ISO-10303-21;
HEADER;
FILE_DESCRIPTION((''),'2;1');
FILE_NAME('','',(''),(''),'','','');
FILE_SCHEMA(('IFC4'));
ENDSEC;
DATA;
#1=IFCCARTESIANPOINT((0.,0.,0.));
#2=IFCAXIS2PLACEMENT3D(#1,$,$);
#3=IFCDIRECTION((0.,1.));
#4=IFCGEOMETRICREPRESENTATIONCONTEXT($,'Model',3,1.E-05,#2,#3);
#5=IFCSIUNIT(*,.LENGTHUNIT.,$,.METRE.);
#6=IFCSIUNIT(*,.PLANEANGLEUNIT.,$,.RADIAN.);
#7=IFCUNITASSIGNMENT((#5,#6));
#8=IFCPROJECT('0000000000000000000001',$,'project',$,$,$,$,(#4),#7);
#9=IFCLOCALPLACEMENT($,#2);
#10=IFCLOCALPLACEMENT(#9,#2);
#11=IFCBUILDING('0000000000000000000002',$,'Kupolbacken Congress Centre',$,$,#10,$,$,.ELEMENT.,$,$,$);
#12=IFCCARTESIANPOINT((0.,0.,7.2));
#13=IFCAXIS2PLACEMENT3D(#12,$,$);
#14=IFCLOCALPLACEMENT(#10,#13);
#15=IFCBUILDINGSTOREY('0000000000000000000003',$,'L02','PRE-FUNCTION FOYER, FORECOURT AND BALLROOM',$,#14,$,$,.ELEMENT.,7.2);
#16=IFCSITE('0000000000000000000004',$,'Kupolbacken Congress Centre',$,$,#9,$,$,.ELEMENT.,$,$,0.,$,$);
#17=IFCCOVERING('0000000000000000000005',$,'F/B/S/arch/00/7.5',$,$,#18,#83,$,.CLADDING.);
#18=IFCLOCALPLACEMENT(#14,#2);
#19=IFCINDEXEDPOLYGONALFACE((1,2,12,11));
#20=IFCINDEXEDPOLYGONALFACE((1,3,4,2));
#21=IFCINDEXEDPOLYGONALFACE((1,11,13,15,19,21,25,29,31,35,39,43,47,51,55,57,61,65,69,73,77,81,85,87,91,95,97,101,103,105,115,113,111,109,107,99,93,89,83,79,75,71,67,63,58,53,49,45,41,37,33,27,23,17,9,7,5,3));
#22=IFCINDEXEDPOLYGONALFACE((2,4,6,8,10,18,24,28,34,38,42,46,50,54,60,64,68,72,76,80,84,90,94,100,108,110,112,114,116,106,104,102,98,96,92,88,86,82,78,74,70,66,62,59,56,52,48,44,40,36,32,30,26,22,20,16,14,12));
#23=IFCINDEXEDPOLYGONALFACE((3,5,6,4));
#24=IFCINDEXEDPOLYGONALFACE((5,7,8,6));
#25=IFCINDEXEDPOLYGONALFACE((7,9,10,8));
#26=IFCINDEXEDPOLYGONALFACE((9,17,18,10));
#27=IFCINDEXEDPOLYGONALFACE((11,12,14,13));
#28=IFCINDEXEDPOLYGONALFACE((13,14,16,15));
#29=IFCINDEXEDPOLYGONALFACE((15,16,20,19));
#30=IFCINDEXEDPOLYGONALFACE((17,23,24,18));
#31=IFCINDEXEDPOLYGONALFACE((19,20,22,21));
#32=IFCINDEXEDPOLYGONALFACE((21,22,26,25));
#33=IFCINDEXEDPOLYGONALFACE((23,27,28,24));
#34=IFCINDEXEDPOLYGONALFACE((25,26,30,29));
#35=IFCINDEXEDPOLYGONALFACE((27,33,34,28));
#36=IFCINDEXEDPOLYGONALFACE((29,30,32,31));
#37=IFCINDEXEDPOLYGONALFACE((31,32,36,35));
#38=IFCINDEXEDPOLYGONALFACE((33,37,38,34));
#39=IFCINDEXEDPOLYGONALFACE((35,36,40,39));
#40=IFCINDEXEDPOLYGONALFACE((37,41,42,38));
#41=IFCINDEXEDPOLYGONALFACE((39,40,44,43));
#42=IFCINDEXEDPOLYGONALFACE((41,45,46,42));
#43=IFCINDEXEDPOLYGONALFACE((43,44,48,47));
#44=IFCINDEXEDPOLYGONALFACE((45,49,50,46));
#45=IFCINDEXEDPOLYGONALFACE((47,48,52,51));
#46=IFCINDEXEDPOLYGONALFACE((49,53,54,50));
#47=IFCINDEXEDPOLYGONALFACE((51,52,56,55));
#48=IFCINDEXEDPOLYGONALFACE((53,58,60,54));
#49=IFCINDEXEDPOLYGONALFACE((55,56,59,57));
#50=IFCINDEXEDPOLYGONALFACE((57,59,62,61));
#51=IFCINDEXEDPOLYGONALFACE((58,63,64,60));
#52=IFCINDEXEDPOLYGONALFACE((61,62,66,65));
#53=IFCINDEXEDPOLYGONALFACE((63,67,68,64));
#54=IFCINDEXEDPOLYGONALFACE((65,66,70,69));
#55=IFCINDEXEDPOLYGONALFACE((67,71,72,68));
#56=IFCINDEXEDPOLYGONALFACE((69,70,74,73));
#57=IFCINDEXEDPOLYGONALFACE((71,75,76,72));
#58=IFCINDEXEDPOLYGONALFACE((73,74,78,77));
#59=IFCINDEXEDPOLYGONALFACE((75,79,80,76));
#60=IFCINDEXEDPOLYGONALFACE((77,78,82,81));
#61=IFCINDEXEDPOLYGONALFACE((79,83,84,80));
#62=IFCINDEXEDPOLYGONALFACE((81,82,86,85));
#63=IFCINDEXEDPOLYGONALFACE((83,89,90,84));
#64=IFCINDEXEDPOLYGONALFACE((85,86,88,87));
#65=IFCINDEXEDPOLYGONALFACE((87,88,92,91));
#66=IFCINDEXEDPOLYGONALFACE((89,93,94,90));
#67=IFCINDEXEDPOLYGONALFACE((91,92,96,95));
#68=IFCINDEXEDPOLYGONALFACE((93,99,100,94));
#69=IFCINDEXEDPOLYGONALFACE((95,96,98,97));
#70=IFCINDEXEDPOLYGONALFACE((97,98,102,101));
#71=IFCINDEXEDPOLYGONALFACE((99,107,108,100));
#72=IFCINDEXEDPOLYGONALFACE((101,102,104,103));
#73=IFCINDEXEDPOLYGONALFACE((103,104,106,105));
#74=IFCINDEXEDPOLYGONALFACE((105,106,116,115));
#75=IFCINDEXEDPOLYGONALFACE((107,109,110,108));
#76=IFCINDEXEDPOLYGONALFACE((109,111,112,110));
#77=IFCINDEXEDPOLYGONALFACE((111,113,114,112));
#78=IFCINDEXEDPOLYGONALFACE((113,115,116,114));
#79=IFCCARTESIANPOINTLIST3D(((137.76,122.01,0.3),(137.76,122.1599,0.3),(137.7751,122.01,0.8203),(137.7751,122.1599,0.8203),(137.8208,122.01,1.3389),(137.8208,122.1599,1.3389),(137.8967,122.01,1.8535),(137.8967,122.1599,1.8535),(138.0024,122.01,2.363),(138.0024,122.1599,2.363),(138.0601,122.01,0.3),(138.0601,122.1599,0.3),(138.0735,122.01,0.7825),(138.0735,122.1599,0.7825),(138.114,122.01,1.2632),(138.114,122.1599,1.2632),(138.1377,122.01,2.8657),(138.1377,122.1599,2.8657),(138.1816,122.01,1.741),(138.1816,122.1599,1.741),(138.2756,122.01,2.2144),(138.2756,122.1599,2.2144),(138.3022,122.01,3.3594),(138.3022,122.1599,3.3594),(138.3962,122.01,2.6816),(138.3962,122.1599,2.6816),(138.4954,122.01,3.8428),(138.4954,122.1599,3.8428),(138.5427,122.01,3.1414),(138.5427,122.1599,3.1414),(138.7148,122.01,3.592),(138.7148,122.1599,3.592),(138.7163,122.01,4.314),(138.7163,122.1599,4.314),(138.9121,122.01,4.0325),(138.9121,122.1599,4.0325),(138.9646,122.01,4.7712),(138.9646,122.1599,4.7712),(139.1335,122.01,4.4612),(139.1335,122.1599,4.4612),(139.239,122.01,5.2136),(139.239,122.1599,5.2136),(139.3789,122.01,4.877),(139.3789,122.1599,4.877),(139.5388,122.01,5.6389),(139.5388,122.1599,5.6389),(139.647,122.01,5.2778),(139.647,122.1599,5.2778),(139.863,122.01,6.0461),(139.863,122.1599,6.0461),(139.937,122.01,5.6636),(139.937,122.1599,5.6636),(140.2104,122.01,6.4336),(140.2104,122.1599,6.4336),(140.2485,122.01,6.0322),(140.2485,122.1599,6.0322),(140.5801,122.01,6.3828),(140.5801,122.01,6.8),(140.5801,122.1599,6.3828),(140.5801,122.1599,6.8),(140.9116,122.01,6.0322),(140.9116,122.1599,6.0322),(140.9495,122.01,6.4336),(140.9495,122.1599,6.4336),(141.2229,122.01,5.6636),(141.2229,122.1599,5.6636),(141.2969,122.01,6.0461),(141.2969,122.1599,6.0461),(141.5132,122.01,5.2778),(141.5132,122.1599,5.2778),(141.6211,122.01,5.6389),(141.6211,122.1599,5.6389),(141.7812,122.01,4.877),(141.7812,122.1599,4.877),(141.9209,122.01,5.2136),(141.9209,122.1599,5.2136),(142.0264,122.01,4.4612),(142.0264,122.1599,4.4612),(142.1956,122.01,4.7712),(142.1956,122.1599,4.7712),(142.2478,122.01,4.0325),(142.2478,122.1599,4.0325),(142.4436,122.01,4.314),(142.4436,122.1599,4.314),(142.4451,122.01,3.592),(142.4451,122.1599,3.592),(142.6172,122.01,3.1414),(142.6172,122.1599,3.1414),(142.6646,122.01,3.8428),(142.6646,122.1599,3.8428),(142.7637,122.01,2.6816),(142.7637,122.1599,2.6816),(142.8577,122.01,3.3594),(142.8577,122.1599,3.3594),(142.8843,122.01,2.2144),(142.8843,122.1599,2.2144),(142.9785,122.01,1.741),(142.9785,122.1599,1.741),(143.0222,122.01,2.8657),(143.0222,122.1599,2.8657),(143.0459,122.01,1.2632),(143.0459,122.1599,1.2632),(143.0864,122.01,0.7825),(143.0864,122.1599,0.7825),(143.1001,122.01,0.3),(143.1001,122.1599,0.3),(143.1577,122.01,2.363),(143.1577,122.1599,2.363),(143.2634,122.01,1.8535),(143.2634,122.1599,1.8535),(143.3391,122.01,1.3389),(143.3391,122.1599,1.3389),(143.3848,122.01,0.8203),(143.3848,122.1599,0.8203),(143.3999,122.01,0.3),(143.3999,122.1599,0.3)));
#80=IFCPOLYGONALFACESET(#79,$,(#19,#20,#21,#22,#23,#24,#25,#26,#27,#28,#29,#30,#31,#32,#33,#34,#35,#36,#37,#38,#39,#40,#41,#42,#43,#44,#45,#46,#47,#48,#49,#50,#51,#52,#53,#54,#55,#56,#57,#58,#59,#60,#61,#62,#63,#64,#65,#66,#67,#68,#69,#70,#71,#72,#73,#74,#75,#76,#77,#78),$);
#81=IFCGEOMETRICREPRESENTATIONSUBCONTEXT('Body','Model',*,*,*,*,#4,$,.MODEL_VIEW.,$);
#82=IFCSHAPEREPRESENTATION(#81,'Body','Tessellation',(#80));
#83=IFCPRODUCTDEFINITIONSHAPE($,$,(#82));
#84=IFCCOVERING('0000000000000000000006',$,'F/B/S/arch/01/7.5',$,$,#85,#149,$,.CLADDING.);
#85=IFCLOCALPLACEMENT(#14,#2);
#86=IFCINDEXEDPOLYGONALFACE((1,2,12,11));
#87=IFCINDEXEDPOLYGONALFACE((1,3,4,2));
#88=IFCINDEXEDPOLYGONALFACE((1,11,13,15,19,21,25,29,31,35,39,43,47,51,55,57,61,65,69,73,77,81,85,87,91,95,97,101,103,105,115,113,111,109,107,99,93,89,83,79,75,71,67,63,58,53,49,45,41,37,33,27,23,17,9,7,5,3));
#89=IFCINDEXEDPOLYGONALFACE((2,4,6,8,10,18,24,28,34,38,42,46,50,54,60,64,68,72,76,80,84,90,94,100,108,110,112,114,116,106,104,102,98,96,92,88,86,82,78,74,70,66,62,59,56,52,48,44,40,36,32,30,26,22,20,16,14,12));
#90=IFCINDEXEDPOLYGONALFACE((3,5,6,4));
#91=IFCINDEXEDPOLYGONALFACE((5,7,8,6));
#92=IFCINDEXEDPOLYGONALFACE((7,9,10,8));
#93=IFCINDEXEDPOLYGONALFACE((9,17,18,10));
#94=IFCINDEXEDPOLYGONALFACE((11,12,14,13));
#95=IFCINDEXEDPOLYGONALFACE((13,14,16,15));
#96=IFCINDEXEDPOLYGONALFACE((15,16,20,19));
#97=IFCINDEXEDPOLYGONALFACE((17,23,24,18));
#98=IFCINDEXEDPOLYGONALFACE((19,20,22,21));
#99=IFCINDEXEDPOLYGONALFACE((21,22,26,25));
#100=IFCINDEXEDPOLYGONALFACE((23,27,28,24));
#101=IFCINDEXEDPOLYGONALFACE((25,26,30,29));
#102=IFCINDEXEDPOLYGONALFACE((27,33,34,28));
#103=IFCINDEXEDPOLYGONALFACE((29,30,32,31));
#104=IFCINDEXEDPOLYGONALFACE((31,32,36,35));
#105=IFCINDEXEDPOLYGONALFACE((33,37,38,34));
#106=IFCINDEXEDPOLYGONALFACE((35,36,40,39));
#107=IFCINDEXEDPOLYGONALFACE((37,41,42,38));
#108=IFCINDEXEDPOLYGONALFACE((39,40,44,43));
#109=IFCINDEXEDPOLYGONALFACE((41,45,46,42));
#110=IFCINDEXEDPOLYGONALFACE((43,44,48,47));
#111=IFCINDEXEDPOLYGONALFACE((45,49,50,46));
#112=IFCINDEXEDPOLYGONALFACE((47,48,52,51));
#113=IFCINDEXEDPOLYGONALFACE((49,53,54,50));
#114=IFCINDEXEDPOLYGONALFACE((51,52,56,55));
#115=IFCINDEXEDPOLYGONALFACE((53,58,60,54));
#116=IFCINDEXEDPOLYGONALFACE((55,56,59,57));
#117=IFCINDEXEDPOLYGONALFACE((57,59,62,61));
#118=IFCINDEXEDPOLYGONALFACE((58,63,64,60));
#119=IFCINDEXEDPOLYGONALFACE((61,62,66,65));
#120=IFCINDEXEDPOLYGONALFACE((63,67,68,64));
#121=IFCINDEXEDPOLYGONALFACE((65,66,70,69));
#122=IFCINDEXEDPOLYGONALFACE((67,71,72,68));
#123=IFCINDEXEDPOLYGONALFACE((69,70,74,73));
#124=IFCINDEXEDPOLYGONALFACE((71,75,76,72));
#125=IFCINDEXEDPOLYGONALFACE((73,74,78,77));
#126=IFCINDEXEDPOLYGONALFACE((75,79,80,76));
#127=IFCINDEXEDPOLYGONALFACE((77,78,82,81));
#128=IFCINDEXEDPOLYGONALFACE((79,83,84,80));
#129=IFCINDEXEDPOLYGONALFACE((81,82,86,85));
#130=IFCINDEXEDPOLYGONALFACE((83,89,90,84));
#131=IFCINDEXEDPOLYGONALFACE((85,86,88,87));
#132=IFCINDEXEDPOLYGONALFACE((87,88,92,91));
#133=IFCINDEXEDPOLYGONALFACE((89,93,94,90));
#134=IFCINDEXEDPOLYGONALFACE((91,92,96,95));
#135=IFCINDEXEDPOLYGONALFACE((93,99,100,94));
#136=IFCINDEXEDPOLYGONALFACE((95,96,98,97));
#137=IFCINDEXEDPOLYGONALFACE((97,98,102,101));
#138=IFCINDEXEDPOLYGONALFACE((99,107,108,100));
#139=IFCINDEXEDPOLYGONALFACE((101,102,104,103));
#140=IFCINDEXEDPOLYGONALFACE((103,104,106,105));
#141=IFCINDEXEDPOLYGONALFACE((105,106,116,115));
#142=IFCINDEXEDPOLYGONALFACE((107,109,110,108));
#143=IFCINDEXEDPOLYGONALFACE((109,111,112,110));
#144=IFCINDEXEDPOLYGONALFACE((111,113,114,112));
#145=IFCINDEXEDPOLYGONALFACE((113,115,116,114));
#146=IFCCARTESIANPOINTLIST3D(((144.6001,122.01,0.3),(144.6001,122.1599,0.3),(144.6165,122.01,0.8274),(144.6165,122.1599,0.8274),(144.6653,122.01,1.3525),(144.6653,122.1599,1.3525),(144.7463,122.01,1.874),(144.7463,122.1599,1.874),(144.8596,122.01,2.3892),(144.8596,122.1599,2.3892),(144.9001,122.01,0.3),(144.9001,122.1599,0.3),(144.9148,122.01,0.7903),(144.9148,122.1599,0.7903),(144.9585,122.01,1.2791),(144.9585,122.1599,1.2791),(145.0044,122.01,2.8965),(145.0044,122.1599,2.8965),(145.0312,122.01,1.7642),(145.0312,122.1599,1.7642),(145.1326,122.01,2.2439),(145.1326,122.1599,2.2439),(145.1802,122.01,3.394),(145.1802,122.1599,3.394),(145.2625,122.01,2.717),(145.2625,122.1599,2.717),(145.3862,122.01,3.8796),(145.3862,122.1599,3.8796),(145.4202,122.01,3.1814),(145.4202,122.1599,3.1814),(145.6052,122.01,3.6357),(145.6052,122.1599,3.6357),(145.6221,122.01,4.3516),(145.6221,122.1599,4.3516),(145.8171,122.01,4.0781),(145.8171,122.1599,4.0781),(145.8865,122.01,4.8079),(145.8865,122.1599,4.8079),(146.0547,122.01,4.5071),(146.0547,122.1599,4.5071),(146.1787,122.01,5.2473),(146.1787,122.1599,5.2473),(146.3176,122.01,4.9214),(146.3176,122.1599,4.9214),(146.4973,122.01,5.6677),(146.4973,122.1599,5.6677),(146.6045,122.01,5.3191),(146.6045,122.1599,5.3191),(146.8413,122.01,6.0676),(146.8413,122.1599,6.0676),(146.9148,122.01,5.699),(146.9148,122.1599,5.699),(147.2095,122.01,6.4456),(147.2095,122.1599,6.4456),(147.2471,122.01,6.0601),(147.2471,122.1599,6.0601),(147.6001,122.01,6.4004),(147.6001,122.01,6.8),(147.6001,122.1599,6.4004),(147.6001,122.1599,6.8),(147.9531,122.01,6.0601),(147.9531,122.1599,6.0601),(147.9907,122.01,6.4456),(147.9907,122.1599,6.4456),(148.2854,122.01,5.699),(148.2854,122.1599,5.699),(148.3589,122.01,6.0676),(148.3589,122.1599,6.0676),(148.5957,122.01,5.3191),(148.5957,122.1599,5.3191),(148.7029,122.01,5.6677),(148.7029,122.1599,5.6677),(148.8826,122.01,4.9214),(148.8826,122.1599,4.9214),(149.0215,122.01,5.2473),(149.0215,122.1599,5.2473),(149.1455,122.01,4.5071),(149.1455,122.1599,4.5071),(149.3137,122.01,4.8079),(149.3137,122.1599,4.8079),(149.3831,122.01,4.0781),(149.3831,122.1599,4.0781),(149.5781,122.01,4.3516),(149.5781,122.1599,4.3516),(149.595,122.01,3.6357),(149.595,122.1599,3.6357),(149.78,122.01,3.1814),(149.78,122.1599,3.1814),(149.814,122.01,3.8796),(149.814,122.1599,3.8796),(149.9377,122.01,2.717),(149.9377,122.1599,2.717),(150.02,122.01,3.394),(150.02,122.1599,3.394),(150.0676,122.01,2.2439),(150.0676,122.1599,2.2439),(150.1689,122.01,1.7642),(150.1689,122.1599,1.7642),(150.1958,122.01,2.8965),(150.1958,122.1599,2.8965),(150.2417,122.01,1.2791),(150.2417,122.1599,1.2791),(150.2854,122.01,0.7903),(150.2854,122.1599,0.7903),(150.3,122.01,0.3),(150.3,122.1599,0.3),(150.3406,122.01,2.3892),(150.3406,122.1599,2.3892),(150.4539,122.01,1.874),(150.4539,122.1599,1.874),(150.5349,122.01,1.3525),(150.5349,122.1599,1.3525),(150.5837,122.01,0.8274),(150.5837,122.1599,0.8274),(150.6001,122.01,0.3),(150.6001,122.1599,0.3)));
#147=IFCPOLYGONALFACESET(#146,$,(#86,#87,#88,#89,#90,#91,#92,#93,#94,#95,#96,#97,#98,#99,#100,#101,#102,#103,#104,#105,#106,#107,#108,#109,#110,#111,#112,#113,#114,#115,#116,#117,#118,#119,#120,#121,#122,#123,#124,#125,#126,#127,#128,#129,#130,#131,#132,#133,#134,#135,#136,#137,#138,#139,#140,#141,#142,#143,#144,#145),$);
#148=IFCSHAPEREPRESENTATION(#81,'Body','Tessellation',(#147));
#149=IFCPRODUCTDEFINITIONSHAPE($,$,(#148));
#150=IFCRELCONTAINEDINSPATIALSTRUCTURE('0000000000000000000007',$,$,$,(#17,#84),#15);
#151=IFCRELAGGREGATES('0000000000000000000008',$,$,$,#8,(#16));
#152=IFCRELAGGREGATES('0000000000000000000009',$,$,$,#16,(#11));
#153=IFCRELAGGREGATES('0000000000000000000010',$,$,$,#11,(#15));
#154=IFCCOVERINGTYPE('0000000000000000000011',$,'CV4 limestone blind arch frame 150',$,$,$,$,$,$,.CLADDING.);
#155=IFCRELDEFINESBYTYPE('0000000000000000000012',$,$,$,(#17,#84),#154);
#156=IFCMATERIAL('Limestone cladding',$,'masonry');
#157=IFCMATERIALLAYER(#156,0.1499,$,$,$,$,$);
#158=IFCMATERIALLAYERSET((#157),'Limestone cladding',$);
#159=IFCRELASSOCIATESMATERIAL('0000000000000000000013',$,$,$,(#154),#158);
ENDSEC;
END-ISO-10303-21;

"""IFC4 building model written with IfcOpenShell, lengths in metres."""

from ifc_helpers import new_model, si_unit, direction, frame, origin, place, context, subcontext, project, spatial, polyline, outline, extrude, material, layer, layer_set, type_object, element, save


model = new_model("IFC4")

# Units and contexts
model_context = context("Model", 3, precision=1e-05, world=origin(), true_north=direction((0.0, 1.0)))
body_context = subcontext(model_context, "Body", "Model", "MODEL_VIEW")
ifc_project = project(units=[si_unit("LENGTHUNIT", "METRE"), si_unit("PLANEANGLEUNIT", "RADIAN")], contexts=[model_context])

# Site, building, storey
site_placement = place(None, origin())
site = spatial("IfcSite", under=ifc_project, at=site_placement, Name="Kupolbacken Congress Centre", CompositionType="ELEMENT", RefElevation=0.0)
building_placement = place(site_placement, origin())
building = spatial("IfcBuilding", under=site, at=building_placement, Name="Kupolbacken Congress Centre", CompositionType="ELEMENT")
storey_placement = place(building_placement, frame((0.0, 0.0, 7.2)))
storey = spatial("IfcBuildingStorey", under=building, at=storey_placement, Name="L02", Description="PRE-FUNCTION FOYER, FORECOURT AND BALLROOM", CompositionType="ELEMENT", Elevation=7.2)

# Coverings
ifc_material_1 = material(Name="Limestone cladding", Category="masonry")
ifc_layer_1 = layer(ifc_material_1, 0.1499)
ifc_layer_set_1 = layer_set([ifc_layer_1], Name="Limestone cladding")
covering_type_1 = type_object("IfcCoveringType", Name="CV4 limestone blind arch frame 150", PredefinedType="CLADDING", material=ifc_layer_set_1)
covering_1_placement = place(storey_placement, frame((137.76, 122.1599, 0.3), z_axis=(0.0, -1.0, 0.0), x_axis=(1.0, 0.0, 0.0)))
element("IfcCovering", 1, at=covering_1_placement, inside=storey, type_object=covering_type_1, Name="F/B/S/arch/00/7.5", PredefinedType="CLADDING", context=body_context, shape_type="SweptSolid", body=[
    extrude(outline(polyline([(0.0, 0.0), (0.0151, 0.5203), (0.0608, 1.0388), (0.1367, 1.5535), (0.2424, 2.063), (0.3777, 2.5657), (0.5422, 3.0593), (0.7354, 3.5427), (0.9563, 4.0139), (1.2046, 4.4712), (1.479, 4.9136), (1.7788, 5.3389), (2.103, 5.7461), (2.4504, 6.1335), (2.8201, 6.5), (3.1895, 6.1335), (3.5369, 5.7461), (3.8611, 5.3389), (4.1609, 4.9136), (4.4355, 4.4712), (4.6836, 4.0139), (4.9045, 3.5427), (5.0977, 3.0593), (5.2622, 2.5657), (5.3977, 2.063), (5.5034, 1.5535), (5.5791, 1.0388), (5.6248, 0.5203), (5.6399, 0.0), (5.3401, 0.0), (5.3264, 0.4824), (5.2859, 0.9631), (5.2185, 1.4409), (5.1243, 1.9143), (5.0037, 2.3816), (4.8572, 2.8413), (4.6851, 3.292), (4.4878, 3.7324), (4.2664, 4.1611), (4.0212, 4.5769), (3.7532, 4.9778), (3.4629, 5.3635), (3.1516, 5.7322), (2.8201, 6.0828), (2.4885, 5.7322), (2.177, 5.3635), (1.887, 4.9778), (1.6189, 4.5769), (1.3735, 4.1611), (1.1521, 3.7324), (0.9548, 3.292), (0.7827, 2.8413), (0.6362, 2.3816), (0.5156, 1.9143), (0.4216, 1.4409), (0.354, 0.9631), (0.3135, 0.4824), (0.3, 0.0), (0.0, 0.0)])), origin(), (0.0, 0.0, 1.0), 0.1499),
])
covering_2_placement = place(storey_placement, frame((144.6001, 122.1599, 0.3), z_axis=(0.0, -1.0, 0.0), x_axis=(1.0, 0.0, 0.0)))
element("IfcCovering", 2, at=covering_2_placement, inside=storey, type_object=covering_type_1, Name="F/B/S/arch/01/7.5", PredefinedType="CLADDING", context=body_context, shape_type="SweptSolid", body=[
    extrude(outline(polyline([(0.0, 0.0), (0.0164, 0.5273), (0.0652, 1.0525), (0.1462, 1.574), (0.2595, 2.0891), (0.4043, 2.5964), (0.5801, 3.094), (0.7861, 3.5796), (1.022, 4.0515), (1.2864, 4.5078), (1.5786, 4.9473), (1.8972, 5.3677), (2.2412, 5.7676), (2.6094, 6.1455), (3.0, 6.5), (3.3906, 6.1455), (3.7588, 5.7676), (4.1028, 5.3677), (4.4214, 4.9473), (4.7136, 4.5078), (4.978, 4.0515), (5.2139, 3.5796), (5.4199, 3.094), (5.5957, 2.5964), (5.7405, 2.0891), (5.8538, 1.574), (5.9348, 1.0525), (5.9836, 0.5273), (6.0, 0.0), (5.7, 0.0), (5.6853, 0.4902), (5.6416, 0.979), (5.5688, 1.4641), (5.4675, 1.9438), (5.3376, 2.417), (5.1799, 2.8813), (4.9949, 3.3357), (4.783, 3.7781), (4.5454, 4.207), (4.2825, 4.6213), (3.9956, 5.019), (3.6853, 5.3989), (3.353, 5.76), (3.0, 6.1003), (2.647, 5.76), (2.3147, 5.3989), (2.0044, 5.019), (1.7175, 4.6213), (1.4546, 4.207), (1.217, 3.7781), (1.0051, 3.3357), (0.8201, 2.8813), (0.6624, 2.417), (0.5325, 1.9438), (0.4312, 1.4641), (0.3584, 0.979), (0.3147, 0.4902), (0.3, 0.0), (0.0, 0.0)])), origin(), (0.0, 0.0, 1.0), 0.1499),
])

save(model, "model.ifc")
